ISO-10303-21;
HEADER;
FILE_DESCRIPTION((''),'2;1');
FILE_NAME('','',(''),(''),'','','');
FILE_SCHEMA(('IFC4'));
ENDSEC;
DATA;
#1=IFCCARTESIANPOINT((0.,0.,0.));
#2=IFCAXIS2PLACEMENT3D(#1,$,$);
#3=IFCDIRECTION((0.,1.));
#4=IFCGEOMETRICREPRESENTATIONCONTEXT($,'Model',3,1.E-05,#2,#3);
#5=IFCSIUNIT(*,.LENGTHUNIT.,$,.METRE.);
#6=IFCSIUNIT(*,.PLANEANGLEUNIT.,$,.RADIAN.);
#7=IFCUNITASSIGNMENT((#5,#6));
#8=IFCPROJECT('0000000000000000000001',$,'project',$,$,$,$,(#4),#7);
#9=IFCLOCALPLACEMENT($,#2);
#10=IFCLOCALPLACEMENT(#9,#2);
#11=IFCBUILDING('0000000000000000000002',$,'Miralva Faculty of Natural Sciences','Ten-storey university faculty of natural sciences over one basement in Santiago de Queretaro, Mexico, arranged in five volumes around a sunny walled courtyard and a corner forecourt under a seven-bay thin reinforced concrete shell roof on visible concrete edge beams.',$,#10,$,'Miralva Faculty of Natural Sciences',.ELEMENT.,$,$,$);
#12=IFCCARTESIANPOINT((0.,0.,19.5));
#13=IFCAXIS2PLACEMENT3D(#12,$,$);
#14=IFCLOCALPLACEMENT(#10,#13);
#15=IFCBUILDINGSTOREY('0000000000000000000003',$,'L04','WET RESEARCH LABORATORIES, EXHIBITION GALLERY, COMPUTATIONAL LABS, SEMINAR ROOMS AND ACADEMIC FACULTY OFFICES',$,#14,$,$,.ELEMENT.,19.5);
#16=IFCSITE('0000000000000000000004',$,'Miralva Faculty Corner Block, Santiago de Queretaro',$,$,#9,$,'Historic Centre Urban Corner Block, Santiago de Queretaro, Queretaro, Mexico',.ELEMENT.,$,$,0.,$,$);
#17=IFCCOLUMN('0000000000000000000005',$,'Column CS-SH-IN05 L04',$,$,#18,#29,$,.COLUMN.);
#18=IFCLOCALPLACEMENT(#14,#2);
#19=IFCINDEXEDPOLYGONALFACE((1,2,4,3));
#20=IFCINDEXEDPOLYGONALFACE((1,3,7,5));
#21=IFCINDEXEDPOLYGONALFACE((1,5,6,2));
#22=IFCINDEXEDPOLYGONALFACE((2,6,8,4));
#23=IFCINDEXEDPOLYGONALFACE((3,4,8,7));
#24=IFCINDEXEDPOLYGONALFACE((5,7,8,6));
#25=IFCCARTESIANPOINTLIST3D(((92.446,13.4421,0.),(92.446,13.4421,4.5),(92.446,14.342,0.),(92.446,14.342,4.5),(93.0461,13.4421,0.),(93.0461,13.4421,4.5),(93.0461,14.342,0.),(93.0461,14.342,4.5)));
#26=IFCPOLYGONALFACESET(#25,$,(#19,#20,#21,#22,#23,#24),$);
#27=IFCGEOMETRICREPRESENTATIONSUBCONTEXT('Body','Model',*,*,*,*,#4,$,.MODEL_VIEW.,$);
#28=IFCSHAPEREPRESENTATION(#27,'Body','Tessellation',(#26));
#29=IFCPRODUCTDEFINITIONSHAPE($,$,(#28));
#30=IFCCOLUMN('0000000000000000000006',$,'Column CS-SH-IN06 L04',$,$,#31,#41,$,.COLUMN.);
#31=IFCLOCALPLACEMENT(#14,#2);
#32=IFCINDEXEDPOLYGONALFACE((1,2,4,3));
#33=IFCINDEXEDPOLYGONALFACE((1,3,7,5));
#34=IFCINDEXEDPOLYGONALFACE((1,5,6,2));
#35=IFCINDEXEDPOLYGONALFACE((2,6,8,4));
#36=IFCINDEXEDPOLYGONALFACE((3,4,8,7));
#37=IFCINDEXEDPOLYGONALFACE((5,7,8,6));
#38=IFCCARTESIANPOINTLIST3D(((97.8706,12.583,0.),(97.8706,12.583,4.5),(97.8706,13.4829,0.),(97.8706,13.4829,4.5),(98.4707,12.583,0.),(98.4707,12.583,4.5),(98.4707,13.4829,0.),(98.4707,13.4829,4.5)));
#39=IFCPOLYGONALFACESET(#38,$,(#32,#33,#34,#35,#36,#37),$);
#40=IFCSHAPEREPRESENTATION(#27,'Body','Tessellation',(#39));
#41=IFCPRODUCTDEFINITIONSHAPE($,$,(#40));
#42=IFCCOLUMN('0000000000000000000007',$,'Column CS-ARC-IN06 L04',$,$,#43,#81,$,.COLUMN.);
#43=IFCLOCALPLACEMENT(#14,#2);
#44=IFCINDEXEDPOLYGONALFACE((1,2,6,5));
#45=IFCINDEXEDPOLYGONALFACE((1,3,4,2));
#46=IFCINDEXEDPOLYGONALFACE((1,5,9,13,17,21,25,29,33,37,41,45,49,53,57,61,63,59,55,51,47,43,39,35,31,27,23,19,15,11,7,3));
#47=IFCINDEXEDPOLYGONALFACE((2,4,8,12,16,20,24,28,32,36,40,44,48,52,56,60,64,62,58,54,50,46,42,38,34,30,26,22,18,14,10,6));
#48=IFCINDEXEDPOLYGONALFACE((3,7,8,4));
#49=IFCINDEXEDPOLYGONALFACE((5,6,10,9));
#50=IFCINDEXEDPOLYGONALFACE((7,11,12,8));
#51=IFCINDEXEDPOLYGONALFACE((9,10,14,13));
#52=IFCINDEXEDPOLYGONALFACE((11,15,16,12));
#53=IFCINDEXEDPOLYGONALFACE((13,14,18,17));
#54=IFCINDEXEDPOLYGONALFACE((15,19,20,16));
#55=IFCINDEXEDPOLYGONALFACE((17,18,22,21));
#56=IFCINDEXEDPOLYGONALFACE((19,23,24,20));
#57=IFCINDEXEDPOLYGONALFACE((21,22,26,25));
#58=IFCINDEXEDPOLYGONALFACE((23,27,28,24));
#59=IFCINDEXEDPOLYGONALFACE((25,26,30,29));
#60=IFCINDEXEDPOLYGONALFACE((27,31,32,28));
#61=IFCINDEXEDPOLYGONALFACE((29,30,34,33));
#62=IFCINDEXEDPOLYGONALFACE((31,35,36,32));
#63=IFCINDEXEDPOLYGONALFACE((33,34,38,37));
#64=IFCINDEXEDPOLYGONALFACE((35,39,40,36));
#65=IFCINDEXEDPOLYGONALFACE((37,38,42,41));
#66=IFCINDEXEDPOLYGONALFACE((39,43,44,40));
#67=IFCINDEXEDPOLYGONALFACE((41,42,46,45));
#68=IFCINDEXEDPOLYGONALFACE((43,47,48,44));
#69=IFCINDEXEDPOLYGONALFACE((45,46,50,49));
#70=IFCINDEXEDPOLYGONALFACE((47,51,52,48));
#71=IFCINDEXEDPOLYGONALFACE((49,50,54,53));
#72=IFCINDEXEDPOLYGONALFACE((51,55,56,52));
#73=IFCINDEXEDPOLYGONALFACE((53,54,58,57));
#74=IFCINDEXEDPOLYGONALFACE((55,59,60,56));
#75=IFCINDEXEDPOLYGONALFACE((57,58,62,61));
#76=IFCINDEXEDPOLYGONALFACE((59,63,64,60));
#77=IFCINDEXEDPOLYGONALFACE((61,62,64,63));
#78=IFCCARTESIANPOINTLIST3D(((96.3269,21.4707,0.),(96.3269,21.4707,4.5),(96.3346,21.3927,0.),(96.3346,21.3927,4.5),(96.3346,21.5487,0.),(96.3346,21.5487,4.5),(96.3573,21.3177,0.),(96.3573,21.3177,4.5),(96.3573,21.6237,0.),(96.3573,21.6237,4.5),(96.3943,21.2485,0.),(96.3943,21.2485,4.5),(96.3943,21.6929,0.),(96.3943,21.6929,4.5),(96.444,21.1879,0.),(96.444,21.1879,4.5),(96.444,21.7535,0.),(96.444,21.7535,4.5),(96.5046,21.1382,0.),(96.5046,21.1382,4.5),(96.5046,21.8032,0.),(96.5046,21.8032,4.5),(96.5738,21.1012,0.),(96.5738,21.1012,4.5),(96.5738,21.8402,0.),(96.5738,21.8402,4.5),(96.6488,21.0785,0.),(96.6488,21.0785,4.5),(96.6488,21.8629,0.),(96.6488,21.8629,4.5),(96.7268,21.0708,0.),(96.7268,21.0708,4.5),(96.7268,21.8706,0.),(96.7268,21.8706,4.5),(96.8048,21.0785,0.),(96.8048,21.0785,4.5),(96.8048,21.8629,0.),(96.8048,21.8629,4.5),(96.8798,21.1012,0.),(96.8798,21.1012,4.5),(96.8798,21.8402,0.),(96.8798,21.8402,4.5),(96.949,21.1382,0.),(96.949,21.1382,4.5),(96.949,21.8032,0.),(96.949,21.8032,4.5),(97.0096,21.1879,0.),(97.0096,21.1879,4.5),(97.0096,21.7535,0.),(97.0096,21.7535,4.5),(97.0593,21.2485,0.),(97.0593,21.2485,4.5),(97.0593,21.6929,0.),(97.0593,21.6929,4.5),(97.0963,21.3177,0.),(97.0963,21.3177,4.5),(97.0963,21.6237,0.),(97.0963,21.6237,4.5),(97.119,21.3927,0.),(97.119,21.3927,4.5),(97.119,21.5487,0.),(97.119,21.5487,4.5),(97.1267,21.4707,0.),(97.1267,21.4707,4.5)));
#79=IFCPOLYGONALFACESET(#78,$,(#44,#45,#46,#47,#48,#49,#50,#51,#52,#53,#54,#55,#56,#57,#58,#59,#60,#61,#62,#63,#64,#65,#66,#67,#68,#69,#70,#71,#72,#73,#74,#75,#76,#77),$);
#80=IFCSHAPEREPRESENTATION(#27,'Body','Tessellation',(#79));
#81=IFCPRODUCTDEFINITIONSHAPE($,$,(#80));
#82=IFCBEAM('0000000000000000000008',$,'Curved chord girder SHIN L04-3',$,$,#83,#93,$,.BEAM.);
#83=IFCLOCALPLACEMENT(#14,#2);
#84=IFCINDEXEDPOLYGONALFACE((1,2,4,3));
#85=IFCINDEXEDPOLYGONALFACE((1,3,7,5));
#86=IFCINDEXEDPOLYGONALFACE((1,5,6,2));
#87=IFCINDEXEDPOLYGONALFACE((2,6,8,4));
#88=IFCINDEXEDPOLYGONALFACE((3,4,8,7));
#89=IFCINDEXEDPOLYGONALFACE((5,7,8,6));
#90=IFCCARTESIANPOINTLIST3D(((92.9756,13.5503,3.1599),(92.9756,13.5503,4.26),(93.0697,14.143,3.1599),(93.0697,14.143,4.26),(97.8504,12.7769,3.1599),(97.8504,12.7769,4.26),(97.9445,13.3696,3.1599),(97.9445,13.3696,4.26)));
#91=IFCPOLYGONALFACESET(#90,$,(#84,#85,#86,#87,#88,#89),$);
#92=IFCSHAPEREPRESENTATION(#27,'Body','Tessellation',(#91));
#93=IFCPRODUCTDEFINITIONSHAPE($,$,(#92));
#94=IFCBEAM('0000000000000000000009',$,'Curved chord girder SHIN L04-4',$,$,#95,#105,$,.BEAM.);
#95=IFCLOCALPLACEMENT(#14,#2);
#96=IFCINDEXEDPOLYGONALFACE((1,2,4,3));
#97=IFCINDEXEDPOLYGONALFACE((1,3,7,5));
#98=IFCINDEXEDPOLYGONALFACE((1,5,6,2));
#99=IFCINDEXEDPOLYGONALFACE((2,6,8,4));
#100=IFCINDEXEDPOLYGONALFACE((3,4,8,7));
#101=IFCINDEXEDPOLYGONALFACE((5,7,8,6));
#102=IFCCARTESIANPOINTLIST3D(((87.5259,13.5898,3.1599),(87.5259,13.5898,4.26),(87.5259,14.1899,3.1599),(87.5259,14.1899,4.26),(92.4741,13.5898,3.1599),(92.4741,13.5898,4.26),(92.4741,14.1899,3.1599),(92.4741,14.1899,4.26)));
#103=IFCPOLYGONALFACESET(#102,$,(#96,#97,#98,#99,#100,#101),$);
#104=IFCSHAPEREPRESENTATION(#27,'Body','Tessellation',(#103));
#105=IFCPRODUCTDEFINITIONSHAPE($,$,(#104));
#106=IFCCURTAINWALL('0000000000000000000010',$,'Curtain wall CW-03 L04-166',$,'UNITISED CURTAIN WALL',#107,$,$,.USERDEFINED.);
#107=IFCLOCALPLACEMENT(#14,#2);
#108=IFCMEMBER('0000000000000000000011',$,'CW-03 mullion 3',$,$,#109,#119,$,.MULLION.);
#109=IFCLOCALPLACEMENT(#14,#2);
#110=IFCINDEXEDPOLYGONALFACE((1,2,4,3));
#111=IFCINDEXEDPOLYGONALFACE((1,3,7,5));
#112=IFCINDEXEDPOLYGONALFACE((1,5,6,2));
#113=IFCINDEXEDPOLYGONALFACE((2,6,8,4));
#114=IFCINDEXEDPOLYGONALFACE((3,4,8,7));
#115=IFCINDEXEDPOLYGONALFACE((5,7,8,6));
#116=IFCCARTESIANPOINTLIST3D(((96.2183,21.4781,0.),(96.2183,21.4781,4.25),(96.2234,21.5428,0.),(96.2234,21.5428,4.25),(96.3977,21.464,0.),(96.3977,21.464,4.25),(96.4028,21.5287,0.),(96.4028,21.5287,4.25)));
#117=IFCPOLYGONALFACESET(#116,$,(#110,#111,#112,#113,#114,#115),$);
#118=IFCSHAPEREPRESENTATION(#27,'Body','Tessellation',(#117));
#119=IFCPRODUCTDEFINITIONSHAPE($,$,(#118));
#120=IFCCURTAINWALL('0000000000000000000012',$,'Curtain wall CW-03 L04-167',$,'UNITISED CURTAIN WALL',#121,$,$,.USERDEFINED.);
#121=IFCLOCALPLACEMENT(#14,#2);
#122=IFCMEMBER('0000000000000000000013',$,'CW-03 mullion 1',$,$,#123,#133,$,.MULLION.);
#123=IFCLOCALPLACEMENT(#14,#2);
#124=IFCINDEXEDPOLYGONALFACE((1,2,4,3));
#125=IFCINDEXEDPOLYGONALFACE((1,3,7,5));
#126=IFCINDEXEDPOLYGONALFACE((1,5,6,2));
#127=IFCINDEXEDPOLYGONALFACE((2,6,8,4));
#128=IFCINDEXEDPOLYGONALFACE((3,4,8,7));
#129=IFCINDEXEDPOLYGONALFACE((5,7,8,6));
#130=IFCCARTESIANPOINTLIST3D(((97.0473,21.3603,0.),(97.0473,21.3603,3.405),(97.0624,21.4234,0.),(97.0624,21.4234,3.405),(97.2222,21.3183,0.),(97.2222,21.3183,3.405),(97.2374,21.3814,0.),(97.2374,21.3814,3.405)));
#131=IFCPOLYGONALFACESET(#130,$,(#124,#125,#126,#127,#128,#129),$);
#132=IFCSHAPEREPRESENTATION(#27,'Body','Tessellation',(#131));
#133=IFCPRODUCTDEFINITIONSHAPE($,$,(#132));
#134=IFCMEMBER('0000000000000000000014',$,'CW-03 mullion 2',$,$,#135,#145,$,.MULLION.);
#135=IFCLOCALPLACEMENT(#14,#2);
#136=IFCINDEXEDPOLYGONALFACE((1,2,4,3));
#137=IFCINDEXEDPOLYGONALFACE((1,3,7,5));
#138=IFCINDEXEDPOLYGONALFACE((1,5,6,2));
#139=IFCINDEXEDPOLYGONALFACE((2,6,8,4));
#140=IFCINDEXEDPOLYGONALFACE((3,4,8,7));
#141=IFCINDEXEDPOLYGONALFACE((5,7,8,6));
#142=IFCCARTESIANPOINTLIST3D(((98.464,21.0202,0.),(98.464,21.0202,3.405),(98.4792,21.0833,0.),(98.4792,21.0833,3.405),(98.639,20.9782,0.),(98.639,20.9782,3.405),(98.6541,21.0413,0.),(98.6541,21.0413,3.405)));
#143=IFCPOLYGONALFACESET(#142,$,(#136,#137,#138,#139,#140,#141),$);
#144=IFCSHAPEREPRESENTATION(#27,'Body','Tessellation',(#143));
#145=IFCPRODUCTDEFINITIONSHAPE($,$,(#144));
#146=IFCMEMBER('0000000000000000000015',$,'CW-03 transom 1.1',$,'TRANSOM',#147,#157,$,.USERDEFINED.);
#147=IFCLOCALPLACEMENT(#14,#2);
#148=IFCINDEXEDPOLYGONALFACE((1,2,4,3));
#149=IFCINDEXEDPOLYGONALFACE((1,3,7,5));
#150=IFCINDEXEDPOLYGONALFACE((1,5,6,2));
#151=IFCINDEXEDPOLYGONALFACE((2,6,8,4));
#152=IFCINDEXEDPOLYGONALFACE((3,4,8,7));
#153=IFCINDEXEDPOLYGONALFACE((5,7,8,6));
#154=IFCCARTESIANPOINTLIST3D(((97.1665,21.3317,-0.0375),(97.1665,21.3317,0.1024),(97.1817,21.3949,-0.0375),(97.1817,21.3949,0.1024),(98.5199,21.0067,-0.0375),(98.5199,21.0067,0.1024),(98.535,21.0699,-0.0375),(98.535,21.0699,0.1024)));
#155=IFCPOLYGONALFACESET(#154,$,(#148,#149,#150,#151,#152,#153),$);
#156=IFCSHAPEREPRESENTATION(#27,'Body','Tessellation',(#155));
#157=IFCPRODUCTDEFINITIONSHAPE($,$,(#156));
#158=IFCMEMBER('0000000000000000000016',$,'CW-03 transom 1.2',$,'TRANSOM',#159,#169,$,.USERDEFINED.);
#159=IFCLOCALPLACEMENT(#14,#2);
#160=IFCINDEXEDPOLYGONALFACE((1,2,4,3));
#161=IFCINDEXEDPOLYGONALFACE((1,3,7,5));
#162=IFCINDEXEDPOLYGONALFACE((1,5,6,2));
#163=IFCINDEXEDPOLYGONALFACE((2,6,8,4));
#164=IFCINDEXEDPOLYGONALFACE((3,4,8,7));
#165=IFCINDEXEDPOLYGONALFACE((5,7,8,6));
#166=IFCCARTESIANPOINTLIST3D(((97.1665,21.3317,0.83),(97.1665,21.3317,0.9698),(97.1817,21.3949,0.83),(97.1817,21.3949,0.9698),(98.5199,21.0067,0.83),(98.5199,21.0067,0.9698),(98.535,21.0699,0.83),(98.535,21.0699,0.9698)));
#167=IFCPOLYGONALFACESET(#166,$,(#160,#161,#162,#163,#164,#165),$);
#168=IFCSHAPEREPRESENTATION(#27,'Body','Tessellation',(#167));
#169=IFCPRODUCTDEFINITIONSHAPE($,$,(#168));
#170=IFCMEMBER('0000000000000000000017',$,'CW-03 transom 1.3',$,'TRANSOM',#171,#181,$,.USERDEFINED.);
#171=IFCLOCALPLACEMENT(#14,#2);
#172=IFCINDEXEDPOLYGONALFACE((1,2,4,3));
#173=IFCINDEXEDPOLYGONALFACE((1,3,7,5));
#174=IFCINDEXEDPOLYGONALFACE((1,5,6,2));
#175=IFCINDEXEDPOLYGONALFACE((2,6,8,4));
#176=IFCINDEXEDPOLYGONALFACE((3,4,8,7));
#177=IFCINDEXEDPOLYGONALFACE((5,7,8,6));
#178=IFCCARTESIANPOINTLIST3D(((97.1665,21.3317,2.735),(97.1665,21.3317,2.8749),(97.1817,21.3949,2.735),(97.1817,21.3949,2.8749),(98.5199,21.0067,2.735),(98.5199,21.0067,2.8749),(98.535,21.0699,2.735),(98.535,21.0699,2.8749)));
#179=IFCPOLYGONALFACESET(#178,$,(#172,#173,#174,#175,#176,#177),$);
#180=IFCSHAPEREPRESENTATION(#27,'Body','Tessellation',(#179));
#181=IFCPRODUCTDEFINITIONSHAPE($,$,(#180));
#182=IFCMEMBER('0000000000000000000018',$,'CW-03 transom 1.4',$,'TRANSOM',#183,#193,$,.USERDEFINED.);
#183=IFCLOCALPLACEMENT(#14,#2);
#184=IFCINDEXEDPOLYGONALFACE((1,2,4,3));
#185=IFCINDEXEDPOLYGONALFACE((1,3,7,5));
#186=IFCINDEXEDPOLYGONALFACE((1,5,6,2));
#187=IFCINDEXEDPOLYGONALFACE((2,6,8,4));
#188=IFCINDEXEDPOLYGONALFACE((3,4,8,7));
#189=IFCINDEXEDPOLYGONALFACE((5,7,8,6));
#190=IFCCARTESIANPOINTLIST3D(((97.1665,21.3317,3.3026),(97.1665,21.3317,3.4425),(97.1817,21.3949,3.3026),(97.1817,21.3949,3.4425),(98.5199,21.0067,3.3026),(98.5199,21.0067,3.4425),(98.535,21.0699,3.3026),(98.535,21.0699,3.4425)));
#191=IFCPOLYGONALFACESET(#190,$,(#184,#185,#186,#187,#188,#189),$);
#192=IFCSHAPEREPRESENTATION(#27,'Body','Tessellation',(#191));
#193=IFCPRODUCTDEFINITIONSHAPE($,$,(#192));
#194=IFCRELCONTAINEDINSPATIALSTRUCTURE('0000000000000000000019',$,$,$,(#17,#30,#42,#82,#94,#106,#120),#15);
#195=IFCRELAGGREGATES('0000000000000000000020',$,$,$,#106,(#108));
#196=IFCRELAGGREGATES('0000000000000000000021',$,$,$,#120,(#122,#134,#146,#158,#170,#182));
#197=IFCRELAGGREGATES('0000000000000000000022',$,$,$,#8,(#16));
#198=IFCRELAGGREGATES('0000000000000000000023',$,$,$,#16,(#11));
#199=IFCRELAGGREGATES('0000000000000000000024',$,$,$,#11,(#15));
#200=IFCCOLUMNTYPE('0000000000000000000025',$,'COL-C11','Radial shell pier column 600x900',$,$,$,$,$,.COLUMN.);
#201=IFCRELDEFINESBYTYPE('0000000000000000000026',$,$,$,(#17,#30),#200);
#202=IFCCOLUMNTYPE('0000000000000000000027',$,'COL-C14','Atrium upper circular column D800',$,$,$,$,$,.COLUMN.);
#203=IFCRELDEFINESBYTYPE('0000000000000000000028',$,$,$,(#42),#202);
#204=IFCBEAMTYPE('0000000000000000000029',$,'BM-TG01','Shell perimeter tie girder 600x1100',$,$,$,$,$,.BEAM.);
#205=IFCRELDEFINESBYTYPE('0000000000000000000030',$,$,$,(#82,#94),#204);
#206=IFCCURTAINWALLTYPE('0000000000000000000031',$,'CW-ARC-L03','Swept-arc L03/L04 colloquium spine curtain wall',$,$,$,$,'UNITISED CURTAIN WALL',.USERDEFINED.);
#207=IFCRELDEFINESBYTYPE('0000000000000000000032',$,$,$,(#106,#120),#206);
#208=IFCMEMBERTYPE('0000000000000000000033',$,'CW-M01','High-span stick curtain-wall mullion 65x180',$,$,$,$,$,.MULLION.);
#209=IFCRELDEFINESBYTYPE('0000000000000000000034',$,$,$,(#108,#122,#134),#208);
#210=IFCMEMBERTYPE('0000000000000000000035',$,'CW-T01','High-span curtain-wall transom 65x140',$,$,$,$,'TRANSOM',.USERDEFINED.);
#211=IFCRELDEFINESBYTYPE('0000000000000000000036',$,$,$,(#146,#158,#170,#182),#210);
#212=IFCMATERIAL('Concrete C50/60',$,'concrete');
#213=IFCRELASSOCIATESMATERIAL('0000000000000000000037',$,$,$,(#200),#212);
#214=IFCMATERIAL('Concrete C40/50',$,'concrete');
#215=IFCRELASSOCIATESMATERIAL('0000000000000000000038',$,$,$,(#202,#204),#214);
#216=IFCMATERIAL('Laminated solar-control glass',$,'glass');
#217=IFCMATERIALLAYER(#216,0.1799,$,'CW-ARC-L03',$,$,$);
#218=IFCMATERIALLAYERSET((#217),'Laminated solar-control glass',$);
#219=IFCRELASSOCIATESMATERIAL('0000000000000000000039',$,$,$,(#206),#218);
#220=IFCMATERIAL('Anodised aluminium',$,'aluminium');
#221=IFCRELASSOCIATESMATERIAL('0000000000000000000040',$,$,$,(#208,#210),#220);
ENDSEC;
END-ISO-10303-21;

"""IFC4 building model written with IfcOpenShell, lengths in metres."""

from ifc_helpers import new_model, si_unit, direction, frame, origin, origin_2d, place, context, subcontext, project, spatial, rectangle, circle, extrude, material, layer, layer_set, material_profile, profile_set, type_object, element, aggregate, save


model = new_model("IFC4")

# Units and contexts
model_context = context("Model", 3, precision=1e-05, world=origin(), true_north=direction((0.0, 1.0)))
body_context = subcontext(model_context, "Body", "Model", "MODEL_VIEW")
ifc_project = project(units=[si_unit("LENGTHUNIT", "METRE"), si_unit("PLANEANGLEUNIT", "RADIAN")], contexts=[model_context])

# Site, building, storey
site_placement = place(None, origin())
site = spatial("IfcSite", under=ifc_project, at=site_placement, Name="Miralva Faculty Corner Block, Santiago de Queretaro", LongName="Historic Centre Urban Corner Block, Santiago de Queretaro, Queretaro, Mexico", CompositionType="ELEMENT", RefElevation=0.0)
building_placement = place(site_placement, origin())
building = spatial("IfcBuilding", under=site, at=building_placement, Name="Miralva Faculty of Natural Sciences", Description="Ten-storey university faculty of natural sciences over one basement in Santiago de Queretaro, Mexico, arranged in five volumes around a sunny walled courtyard and a corner forecourt under a seven-bay thin reinforced concrete shell roof on visible concrete edge beams.", LongName="Miralva Faculty of Natural Sciences", CompositionType="ELEMENT")
storey_placement = place(building_placement, frame((0.0, 0.0, 19.5)))
storey = spatial("IfcBuildingStorey", under=building, at=storey_placement, Name="L04", Description="WET RESEARCH LABORATORIES, EXHIBITION GALLERY, COMPUTATIONAL LABS, SEMINAR ROOMS AND ACADEMIC FACULTY OFFICES", CompositionType="ELEMENT", Elevation=19.5)

# Columns
ifc_material_1 = material(Name="Concrete C50/60", Category="concrete")
ifc_material_profile_1 = material_profile(ifc_material_1, rectangle(XDim=0.6001, YDim=0.8999, at=origin_2d()), Name="RC 600x900")
ifc_profile_set_1 = profile_set([ifc_material_profile_1], Name="Concrete C50/60")
column_type_1 = type_object("IfcColumnType", Name="COL-C11", Description="Radial shell pier column 600x900", PredefinedType="COLUMN", material=ifc_profile_set_1)
for number, where, z_axis, x_axis, name in (
    (1, (92.7461, 13.8921, 0.0), (0.0, 0.0, 1.0), (1.0, 0.0, 0.0), "Column CS-SH-IN05 L04"),
    (2, (98.1707, 13.033, 0.0), (0.0, 0.0, 1.0), (1.0, 0.0, 0.0), "Column CS-SH-IN06 L04"),
):
    element("IfcColumn", number, at=place(storey_placement, frame(where, z_axis=z_axis, x_axis=x_axis)), inside=storey, type_object=column_type_1, Name=name, PredefinedType="COLUMN", context=body_context, shape_type="SweptSolid", body=[
        extrude(rectangle(XDim=0.6001, YDim=0.8999, at=origin_2d()), origin(), (0.0, 0.0, 1.0), 4.5),
    ])
ifc_material_2 = material(Name="Concrete C40/50", Category="concrete")
ifc_material_profile_2 = material_profile(ifc_material_2, circle(Radius=0.3999, at=origin_2d()), Name="RC DIA 800")
ifc_profile_set_2 = profile_set([ifc_material_profile_2], Name="Concrete C40/50")
column_type_2 = type_object("IfcColumnType", Name="COL-C14", Description="Atrium upper circular column D800", PredefinedType="COLUMN", material=ifc_profile_set_2)
column_placement = place(storey_placement, frame((96.7268, 21.4707, 0.0), z_axis=(0.0, 0.0, 1.0), x_axis=(1.0, 0.0, 0.0)))
element("IfcColumn", 3, at=column_placement, inside=storey, type_object=column_type_2, Name="Column CS-ARC-IN06 L04", PredefinedType="COLUMN", context=body_context, shape_type="SweptSolid", body=[
    extrude(circle(Radius=0.3999, at=origin_2d()), origin(), (0.0, 0.0, 1.0), 4.5),
])

# Beams
ifc_material_profile_3 = material_profile(ifc_material_2, rectangle(XDim=0.6001, YDim=1.1001, at=origin_2d()), Name="RC 600x1100")
ifc_profile_set_3 = profile_set([ifc_material_profile_3], Name="Concrete C40/50")
beam_type = type_object("IfcBeamType", Name="BM-TG01", Description="Shell perimeter tie girder 600x1100", PredefinedType="BEAM", material=ifc_profile_set_3)
beam_1_placement = place(storey_placement, frame((97.8975, 13.0732, 3.71), z_axis=(-0.987646, 0.156702, 0.0), x_axis=(-0.156702, -0.987646, 0.0)))
element("IfcBeam", 4, at=beam_1_placement, inside=storey, type_object=beam_type, Name="Curved chord girder SHIN L04-3", PredefinedType="BEAM", context=body_context, shape_type="SweptSolid", body=[
    extrude(rectangle(XDim=0.6001, YDim=1.1001, at=origin_2d()), origin(), (0.0, 0.0, 1.0), 4.9358),
])
beam_2_placement = place(storey_placement, frame((92.4741, 13.8899, 3.71), z_axis=(-1.0, 0.0, 0.0), x_axis=(0.0, -1.0, 0.0)))
element("IfcBeam", 5, at=beam_2_placement, inside=storey, type_object=beam_type, Name="Curved chord girder SHIN L04-4", PredefinedType="BEAM", context=body_context, shape_type="SweptSolid", body=[
    extrude(rectangle(XDim=0.6001, YDim=1.1001, at=origin_2d()), origin(), (0.0, 0.0, 1.0), 4.9482),
])

# Curtain wall, member
ifc_material_3 = material(Name="Laminated solar-control glass", Category="glass")
ifc_layer_1 = layer(ifc_material_3, 0.1799, Name="CW-ARC-L03")
ifc_layer_set_1 = layer_set([ifc_layer_1], Name="Laminated solar-control glass")
curtain_wall_type = type_object("IfcCurtainWallType", Name="CW-ARC-L03", Description="Swept-arc L03/L04 colloquium spine curtain wall", ElementType="UNITISED CURTAIN WALL", PredefinedType="USERDEFINED", material=ifc_layer_set_1)
curtain_wall_1_placement = place(storey_placement, origin())
curtain_wall_1 = element("IfcCurtainWall", 6, at=curtain_wall_1_placement, inside=storey, type_object=curtain_wall_type, Name="Curtain wall CW-03 L04-166", ObjectType="UNITISED CURTAIN WALL", PredefinedType="USERDEFINED")
ifc_material_4 = material(Name="Anodised aluminium", Category="aluminium")
ifc_material_profile_4 = material_profile(ifc_material_4, rectangle(XDim=0.0649, YDim=0.1799, at=origin_2d()), Name="MULLION 65x180")
ifc_profile_set_4 = profile_set([ifc_material_profile_4], Name="Anodised aluminium")
member_type_1 = type_object("IfcMemberType", Name="CW-M01", Description="High-span stick curtain-wall mullion 65x180", PredefinedType="MULLION", material=ifc_profile_set_4)
member_1_placement = place(storey_placement, frame((96.3105, 21.5034, 0.0), z_axis=(0.0, 0.0, 1.0), x_axis=(0.078461, 0.996917, 0.0)))
member_1 = element("IfcMember", 7, at=member_1_placement, type_object=member_type_1, Name="CW-03 mullion 3", PredefinedType="MULLION", context=body_context, shape_type="SweptSolid", body=[
    extrude(rectangle(XDim=0.0649, YDim=0.1799, at=origin_2d()), origin(), (0.0, 0.0, 1.0), 4.25),
])
aggregate(curtain_wall_1, [member_1])

# Curtain wall, members
curtain_wall_2_placement = place(storey_placement, origin())
curtain_wall_2 = element("IfcCurtainWall", 8, at=curtain_wall_2_placement, inside=storey, type_object=curtain_wall_type, Name="Curtain wall CW-03 L04-167", ObjectType="UNITISED CURTAIN WALL", PredefinedType="USERDEFINED")
member_2_placement = place(storey_placement, frame((97.1423, 21.3708, 0.0), z_axis=(0.0, 0.0, 1.0), x_axis=(0.233457, 0.972367, 0.0)))
member_2 = element("IfcMember", 9, at=member_2_placement, type_object=member_type_1, Name="CW-03 mullion 1", PredefinedType="MULLION", context=body_context, shape_type="SweptSolid", body=[
    extrude(rectangle(XDim=0.0649, YDim=0.1799, at=origin_2d()), origin(), (0.0, 0.0, 1.0), 3.405),
])
member_3_placement = place(storey_placement, frame((98.5591, 21.0308, 0.0), z_axis=(0.0, 0.0, 1.0), x_axis=(0.233457, 0.972367, 0.0)))
member_3 = element("IfcMember", 10, at=member_3_placement, type_object=member_type_1, Name="CW-03 mullion 2", PredefinedType="MULLION", context=body_context, shape_type="SweptSolid", body=[
    extrude(rectangle(XDim=0.0649, YDim=0.1799, at=origin_2d()), origin(), (0.0, 0.0, 1.0), 3.405),
])
ifc_material_profile_5 = material_profile(ifc_material_4, rectangle(XDim=0.0649, YDim=0.1399, at=origin_2d()), Name="TRANSOM 65x140")
ifc_profile_set_5 = profile_set([ifc_material_profile_5], Name="Anodised aluminium")
member_type_2 = type_object("IfcMemberType", Name="CW-T01", Description="High-span curtain-wall transom 65x140", ElementType="TRANSOM", PredefinedType="USERDEFINED", material=ifc_profile_set_5)
member_4_placement = place(storey_placement, frame((97.1741, 21.3633, 0.0325), z_axis=(0.97236, -0.233486, 0.0), x_axis=(0.233486, 0.97236, 0.0)))
member_4 = element("IfcMember", 11, at=member_4_placement, type_object=member_type_2, Name="CW-03 transom 1.1", ObjectType="TRANSOM", PredefinedType="USERDEFINED", context=body_context, shape_type="SweptSolid", body=[
    extrude(rectangle(XDim=0.0649, YDim=0.1399, at=origin_2d()), origin(), (0.0, 0.0, 1.0), 1.3918),
])
member_5_placement = place(storey_placement, frame((97.1741, 21.3633, 0.8999), z_axis=(0.97236, -0.233486, 0.0), x_axis=(0.233486, 0.97236, 0.0)))
member_5 = element("IfcMember", 12, at=member_5_placement, type_object=member_type_2, Name="CW-03 transom 1.2", ObjectType="TRANSOM", PredefinedType="USERDEFINED", context=body_context, shape_type="SweptSolid", body=[
    extrude(rectangle(XDim=0.0649, YDim=0.1399, at=origin_2d()), origin(), (0.0, 0.0, 1.0), 1.3918),
])
member_6_placement = place(storey_placement, frame((97.1741, 21.3633, 2.8049), z_axis=(0.97236, -0.233486, 0.0), x_axis=(0.233486, 0.97236, 0.0)))
member_6 = element("IfcMember", 13, at=member_6_placement, type_object=member_type_2, Name="CW-03 transom 1.3", ObjectType="TRANSOM", PredefinedType="USERDEFINED", context=body_context, shape_type="SweptSolid", body=[
    extrude(rectangle(XDim=0.0649, YDim=0.1399, at=origin_2d()), origin(), (0.0, 0.0, 1.0), 1.3918),
])
member_7_placement = place(storey_placement, frame((97.1741, 21.3633, 3.3726), z_axis=(0.97236, -0.233486, 0.0), x_axis=(0.233486, 0.97236, 0.0)))
member_7 = element("IfcMember", 14, at=member_7_placement, type_object=member_type_2, Name="CW-03 transom 1.4", ObjectType="TRANSOM", PredefinedType="USERDEFINED", context=body_context, shape_type="SweptSolid", body=[
    extrude(rectangle(XDim=0.0649, YDim=0.1399, at=origin_2d()), origin(), (0.0, 0.0, 1.0), 1.3918),
])

aggregate(curtain_wall_2, [member_2, member_3, member_4, member_5, member_6, member_7])

save(model, "model.ifc")
